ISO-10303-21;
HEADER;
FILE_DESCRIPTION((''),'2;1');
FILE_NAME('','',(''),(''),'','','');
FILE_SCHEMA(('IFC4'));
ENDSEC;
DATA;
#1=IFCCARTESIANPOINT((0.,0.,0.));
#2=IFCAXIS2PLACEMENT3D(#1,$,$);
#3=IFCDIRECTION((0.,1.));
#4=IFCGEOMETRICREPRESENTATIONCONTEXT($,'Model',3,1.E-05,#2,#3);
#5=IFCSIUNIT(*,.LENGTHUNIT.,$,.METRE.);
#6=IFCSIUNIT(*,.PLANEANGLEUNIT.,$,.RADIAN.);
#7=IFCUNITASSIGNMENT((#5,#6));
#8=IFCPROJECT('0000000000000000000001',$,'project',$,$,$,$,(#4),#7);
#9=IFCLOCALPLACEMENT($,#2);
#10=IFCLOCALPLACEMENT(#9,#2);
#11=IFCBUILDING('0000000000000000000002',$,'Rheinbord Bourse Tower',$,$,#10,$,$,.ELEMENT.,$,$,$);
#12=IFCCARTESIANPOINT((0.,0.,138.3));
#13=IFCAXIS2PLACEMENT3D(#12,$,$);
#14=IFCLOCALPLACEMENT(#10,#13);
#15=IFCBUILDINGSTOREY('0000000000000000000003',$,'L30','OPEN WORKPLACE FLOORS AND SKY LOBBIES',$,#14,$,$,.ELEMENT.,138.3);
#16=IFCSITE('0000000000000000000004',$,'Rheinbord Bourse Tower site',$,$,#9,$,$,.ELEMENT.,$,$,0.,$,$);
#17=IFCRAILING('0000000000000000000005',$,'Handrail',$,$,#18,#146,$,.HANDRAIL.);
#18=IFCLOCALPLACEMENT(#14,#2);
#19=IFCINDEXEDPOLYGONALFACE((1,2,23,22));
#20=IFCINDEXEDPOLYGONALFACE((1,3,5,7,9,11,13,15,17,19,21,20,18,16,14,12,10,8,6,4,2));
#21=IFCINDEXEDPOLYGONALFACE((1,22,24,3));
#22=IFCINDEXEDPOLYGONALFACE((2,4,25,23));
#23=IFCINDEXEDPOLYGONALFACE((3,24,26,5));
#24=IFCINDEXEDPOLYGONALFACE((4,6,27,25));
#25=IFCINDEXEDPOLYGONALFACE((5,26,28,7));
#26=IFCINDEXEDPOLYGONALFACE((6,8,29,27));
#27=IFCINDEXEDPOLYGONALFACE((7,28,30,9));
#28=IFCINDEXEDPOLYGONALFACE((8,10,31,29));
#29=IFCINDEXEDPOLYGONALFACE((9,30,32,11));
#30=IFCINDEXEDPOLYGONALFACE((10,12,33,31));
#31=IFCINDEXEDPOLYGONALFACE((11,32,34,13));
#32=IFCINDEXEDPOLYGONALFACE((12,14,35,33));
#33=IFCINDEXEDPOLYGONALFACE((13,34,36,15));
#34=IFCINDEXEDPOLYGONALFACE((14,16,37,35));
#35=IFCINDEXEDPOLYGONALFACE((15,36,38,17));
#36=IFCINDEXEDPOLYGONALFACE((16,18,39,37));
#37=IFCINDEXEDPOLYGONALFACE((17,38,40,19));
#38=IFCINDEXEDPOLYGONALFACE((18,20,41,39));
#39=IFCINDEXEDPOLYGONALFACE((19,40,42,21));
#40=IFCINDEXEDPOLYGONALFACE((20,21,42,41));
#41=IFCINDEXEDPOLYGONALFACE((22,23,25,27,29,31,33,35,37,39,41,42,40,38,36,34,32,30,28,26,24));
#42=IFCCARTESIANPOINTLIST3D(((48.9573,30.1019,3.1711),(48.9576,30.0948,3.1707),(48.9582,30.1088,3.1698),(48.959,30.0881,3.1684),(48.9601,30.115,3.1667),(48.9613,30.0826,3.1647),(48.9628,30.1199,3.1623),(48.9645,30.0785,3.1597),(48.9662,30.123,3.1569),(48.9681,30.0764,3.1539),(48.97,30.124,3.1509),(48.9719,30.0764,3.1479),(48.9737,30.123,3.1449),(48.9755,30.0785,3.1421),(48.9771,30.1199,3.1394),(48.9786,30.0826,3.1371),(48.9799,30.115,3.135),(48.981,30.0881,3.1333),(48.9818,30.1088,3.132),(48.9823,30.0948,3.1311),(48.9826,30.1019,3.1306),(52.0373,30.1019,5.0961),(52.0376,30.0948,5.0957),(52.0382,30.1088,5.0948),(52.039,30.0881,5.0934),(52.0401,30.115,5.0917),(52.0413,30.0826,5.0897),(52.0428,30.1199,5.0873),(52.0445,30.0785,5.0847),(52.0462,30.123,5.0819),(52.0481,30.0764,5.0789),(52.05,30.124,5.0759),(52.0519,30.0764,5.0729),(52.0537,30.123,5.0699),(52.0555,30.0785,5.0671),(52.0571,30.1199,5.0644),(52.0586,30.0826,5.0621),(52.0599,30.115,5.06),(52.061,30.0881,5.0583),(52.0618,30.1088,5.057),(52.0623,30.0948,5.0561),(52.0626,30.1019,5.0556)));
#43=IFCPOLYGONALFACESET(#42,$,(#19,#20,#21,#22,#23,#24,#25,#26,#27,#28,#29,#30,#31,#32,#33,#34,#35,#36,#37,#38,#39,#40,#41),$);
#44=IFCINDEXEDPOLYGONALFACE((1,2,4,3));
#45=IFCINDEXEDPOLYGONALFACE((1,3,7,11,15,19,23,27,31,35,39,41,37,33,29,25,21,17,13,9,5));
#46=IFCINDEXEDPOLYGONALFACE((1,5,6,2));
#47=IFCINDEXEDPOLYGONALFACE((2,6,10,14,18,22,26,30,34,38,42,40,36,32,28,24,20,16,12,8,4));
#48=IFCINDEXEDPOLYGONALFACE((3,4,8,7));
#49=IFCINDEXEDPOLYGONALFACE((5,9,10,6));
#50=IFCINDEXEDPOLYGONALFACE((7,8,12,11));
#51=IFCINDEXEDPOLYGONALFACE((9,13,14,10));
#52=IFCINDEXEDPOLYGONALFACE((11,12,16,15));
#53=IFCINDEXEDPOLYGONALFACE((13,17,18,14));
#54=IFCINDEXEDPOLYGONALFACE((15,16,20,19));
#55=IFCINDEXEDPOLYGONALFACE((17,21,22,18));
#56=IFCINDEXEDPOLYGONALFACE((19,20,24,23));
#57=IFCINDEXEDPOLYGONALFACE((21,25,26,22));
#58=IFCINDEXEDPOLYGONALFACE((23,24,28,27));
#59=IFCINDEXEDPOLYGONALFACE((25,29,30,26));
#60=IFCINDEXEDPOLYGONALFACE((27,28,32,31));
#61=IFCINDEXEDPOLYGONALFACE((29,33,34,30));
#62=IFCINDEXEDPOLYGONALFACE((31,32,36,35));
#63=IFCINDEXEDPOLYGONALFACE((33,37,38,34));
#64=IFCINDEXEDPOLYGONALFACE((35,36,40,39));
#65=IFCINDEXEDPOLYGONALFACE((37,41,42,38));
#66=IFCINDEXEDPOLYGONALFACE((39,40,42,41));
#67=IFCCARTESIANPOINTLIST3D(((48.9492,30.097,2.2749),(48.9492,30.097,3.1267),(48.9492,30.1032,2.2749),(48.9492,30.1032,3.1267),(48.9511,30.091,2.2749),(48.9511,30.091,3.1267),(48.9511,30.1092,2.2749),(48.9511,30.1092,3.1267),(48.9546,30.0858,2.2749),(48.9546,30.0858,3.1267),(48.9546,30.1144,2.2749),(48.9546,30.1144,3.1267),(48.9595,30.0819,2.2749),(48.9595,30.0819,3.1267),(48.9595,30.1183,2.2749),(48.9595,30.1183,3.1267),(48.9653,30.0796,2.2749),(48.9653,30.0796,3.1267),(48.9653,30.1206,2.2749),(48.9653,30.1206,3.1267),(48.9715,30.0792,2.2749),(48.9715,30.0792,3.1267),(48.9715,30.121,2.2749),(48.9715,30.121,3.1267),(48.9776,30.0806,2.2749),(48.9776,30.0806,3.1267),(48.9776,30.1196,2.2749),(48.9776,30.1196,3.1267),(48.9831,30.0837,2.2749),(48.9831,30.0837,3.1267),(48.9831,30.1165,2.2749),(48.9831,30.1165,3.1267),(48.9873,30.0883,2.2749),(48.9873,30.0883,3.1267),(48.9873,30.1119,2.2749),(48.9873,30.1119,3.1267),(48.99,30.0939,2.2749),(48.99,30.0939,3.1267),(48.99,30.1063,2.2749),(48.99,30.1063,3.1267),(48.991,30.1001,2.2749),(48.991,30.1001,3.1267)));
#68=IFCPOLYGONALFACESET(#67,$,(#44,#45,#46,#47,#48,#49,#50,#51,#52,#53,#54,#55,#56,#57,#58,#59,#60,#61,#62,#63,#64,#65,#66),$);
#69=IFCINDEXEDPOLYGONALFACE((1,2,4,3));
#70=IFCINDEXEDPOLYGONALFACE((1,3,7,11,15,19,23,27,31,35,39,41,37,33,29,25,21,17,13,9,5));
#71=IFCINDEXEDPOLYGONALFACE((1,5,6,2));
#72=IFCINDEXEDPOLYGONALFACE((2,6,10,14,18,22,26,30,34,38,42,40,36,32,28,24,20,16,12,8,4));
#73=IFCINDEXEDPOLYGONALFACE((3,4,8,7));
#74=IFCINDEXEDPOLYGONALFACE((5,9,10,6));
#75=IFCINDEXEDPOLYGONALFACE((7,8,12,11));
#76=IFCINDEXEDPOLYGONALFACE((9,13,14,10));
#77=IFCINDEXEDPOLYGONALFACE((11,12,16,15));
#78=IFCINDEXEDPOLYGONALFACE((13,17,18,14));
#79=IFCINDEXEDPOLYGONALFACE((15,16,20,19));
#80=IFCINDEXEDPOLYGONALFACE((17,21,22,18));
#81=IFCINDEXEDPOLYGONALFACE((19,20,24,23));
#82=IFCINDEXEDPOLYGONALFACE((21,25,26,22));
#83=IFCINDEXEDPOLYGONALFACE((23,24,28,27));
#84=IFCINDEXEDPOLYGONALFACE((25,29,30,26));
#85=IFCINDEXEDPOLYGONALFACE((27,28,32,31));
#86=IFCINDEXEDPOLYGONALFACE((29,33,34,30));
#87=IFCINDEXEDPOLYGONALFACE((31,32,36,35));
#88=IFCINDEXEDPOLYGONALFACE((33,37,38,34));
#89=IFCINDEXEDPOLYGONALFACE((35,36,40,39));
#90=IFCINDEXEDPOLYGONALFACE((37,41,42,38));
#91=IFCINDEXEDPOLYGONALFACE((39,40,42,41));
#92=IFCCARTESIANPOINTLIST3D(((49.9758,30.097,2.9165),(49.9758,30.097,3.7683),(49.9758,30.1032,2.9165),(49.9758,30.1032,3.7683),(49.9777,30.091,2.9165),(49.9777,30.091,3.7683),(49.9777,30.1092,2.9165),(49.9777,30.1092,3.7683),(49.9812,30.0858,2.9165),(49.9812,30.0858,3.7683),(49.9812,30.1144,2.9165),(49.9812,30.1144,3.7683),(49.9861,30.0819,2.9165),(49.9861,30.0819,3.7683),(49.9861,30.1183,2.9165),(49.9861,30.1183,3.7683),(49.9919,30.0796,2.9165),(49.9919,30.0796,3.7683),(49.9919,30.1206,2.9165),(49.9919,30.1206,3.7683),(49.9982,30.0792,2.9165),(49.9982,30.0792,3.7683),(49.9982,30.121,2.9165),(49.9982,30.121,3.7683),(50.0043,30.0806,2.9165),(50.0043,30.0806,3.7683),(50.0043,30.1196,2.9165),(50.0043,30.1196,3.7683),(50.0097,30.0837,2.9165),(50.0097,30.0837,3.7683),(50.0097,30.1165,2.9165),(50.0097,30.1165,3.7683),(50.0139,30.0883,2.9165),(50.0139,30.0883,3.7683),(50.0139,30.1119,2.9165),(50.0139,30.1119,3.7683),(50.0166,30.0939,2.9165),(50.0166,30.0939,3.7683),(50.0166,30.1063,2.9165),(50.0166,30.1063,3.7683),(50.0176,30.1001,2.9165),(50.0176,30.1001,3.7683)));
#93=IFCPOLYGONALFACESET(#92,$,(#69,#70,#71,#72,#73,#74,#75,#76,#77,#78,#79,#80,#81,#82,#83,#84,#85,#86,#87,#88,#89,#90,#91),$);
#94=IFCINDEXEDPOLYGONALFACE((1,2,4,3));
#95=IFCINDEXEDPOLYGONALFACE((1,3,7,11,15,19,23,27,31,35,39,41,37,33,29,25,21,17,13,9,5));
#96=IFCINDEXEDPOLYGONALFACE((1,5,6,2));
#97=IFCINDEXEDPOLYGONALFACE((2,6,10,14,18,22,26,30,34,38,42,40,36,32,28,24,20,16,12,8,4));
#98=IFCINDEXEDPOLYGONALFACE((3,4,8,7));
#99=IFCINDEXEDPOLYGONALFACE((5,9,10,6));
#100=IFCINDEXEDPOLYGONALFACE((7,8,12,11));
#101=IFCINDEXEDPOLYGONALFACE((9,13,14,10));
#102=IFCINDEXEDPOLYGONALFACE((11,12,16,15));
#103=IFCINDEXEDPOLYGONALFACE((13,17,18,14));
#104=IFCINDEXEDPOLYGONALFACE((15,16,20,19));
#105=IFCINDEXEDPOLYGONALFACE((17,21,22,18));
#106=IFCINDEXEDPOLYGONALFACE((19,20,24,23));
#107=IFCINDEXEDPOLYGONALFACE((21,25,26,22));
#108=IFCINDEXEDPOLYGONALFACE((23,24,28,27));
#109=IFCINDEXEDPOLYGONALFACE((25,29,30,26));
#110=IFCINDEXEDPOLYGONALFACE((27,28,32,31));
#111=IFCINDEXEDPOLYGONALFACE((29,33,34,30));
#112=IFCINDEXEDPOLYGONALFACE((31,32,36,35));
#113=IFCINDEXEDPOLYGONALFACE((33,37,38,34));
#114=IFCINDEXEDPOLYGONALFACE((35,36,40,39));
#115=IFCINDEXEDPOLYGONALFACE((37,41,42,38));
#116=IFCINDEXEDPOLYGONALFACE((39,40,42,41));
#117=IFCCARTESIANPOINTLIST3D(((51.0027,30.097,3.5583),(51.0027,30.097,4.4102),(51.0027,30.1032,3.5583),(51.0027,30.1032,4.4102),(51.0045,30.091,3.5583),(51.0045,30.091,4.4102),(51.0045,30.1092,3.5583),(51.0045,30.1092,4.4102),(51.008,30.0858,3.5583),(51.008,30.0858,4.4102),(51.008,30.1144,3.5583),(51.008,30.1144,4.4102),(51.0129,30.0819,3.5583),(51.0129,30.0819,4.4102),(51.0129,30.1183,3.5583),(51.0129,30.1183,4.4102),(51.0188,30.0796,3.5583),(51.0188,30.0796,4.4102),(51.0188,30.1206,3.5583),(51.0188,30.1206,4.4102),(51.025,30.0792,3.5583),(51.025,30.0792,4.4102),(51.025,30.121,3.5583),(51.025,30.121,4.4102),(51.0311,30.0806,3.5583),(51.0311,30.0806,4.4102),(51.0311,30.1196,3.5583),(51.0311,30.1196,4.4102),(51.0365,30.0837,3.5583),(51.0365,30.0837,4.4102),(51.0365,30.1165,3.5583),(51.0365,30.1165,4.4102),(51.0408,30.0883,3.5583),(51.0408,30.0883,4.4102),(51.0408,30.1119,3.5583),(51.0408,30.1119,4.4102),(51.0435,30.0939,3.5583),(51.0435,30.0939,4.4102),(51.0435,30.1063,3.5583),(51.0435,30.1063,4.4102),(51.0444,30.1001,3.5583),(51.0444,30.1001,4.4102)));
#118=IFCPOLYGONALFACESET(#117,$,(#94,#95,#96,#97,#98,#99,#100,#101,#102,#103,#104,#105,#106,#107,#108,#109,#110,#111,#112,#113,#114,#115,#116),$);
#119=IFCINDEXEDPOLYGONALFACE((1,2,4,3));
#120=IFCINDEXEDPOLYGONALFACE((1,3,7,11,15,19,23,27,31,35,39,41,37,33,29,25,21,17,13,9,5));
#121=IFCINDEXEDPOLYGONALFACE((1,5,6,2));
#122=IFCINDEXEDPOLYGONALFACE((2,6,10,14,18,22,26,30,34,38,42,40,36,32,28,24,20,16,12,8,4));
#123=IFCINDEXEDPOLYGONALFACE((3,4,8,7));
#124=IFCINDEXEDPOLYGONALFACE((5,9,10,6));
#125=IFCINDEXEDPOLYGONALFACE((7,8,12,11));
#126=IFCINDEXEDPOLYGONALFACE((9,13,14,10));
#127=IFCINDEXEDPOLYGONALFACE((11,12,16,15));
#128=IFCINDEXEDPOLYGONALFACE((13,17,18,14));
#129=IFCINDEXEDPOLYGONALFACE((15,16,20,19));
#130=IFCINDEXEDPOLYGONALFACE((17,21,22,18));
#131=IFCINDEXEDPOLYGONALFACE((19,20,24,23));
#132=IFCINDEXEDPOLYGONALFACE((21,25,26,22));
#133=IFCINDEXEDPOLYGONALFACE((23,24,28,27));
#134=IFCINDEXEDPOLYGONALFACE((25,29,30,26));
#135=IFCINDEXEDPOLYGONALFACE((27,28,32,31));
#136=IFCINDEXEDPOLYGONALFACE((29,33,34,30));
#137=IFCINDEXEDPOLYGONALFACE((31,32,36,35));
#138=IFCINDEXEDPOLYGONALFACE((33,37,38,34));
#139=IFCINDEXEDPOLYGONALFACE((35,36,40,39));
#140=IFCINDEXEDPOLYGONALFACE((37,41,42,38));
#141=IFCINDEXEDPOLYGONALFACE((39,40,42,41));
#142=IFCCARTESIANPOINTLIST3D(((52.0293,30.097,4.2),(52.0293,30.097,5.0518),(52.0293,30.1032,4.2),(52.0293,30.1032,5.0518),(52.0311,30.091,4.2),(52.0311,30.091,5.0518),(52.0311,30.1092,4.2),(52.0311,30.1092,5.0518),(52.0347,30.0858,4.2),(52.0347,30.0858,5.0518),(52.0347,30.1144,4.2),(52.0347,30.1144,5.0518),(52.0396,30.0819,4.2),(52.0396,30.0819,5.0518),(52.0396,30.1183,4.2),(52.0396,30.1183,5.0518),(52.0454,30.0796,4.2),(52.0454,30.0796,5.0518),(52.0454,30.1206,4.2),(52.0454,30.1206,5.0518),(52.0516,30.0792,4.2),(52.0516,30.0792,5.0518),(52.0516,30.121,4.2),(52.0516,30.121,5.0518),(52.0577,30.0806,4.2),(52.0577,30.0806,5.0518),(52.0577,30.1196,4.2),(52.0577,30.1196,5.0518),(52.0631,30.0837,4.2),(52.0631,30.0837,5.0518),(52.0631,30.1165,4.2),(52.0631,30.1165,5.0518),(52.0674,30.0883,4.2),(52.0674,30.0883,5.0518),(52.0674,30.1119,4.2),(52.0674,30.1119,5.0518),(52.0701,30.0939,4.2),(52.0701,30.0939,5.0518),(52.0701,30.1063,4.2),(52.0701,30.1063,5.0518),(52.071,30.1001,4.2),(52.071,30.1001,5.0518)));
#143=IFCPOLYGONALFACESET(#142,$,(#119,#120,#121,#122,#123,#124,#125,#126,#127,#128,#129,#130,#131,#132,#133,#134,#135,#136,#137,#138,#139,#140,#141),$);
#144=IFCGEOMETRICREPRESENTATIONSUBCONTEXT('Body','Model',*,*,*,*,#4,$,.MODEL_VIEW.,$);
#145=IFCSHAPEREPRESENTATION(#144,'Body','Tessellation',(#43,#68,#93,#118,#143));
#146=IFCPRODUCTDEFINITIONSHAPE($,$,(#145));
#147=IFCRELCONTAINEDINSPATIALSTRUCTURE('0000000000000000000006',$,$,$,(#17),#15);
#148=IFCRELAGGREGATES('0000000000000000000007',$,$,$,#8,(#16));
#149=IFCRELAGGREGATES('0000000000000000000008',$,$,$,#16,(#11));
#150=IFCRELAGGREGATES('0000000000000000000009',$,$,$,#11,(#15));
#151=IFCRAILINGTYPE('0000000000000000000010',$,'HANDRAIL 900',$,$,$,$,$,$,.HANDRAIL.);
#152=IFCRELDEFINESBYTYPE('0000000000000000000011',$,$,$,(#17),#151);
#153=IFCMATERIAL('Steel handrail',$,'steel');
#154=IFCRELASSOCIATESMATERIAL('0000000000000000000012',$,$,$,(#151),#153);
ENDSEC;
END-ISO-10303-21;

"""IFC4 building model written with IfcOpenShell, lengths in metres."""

from ifc_helpers import new_model, si_unit, direction, frame, origin, origin_2d, place, context, subcontext, project, spatial, circle, extrude, material, type_object, element, save


model = new_model("IFC4")

# Units and contexts
model_context = context("Model", 3, precision=1e-05, world=origin(), true_north=direction((0.0, 1.0)))
body_context = subcontext(model_context, "Body", "Model", "MODEL_VIEW")
ifc_project = project(units=[si_unit("LENGTHUNIT", "METRE"), si_unit("PLANEANGLEUNIT", "RADIAN")], contexts=[model_context])

# Site, building, storey
site_placement = place(None, origin())
site = spatial("IfcSite", under=ifc_project, at=site_placement, Name="Rheinbord Bourse Tower site", CompositionType="ELEMENT", RefElevation=0.0)
building_placement = place(site_placement, origin())
building = spatial("IfcBuilding", under=site, at=building_placement, Name="Rheinbord Bourse Tower", CompositionType="ELEMENT")
storey_placement = place(building_placement, frame((0.0, 0.0, 138.3)))
storey = spatial("IfcBuildingStorey", under=building, at=storey_placement, Name="L30", Description="OPEN WORKPLACE FLOORS AND SKY LOBBIES", CompositionType="ELEMENT", Elevation=138.3)

# Railing
ifc_material_1 = material(Name="Steel handrail", Category="steel")
railing_type = type_object("IfcRailingType", Name="HANDRAIL 900", PredefinedType="HANDRAIL", material=ifc_material_1)
railing_1_placement = place(storey_placement, frame((48.97, 30.1001, 2.2749)))
element("IfcRailing", 1, at=railing_1_placement, inside=storey, type_object=railing_type, Name="Handrail", PredefinedType="HANDRAIL", context=body_context, shape_type="SweptSolid", body=[
    extrude(circle(Radius=0.0239, at=origin_2d()), frame((0.0, 0.0, 0.876), z_axis=(0.847998, 0.0, 0.529999), x_axis=(0.0, 1.0, 0.0)), (0.0, 0.0, 1.0), 3.6321),
    extrude(circle(Radius=0.021, at=origin_2d()), origin(), (0.0, 0.0, 1.0), 0.8518),
    extrude(circle(Radius=0.021, at=origin_2d()), frame((1.0266, 0.0, 0.6416)), (0.0, 0.0, 1.0), 0.8518),
    extrude(circle(Radius=0.021, at=origin_2d()), frame((2.0535, 0.0, 1.2834)), (0.0, 0.0, 1.0), 0.8518),
    extrude(circle(Radius=0.021, at=origin_2d()), frame((3.0801, 0.0, 1.925)), (0.0, 0.0, 1.0), 0.8518),
])

save(model, "model.ifc")
